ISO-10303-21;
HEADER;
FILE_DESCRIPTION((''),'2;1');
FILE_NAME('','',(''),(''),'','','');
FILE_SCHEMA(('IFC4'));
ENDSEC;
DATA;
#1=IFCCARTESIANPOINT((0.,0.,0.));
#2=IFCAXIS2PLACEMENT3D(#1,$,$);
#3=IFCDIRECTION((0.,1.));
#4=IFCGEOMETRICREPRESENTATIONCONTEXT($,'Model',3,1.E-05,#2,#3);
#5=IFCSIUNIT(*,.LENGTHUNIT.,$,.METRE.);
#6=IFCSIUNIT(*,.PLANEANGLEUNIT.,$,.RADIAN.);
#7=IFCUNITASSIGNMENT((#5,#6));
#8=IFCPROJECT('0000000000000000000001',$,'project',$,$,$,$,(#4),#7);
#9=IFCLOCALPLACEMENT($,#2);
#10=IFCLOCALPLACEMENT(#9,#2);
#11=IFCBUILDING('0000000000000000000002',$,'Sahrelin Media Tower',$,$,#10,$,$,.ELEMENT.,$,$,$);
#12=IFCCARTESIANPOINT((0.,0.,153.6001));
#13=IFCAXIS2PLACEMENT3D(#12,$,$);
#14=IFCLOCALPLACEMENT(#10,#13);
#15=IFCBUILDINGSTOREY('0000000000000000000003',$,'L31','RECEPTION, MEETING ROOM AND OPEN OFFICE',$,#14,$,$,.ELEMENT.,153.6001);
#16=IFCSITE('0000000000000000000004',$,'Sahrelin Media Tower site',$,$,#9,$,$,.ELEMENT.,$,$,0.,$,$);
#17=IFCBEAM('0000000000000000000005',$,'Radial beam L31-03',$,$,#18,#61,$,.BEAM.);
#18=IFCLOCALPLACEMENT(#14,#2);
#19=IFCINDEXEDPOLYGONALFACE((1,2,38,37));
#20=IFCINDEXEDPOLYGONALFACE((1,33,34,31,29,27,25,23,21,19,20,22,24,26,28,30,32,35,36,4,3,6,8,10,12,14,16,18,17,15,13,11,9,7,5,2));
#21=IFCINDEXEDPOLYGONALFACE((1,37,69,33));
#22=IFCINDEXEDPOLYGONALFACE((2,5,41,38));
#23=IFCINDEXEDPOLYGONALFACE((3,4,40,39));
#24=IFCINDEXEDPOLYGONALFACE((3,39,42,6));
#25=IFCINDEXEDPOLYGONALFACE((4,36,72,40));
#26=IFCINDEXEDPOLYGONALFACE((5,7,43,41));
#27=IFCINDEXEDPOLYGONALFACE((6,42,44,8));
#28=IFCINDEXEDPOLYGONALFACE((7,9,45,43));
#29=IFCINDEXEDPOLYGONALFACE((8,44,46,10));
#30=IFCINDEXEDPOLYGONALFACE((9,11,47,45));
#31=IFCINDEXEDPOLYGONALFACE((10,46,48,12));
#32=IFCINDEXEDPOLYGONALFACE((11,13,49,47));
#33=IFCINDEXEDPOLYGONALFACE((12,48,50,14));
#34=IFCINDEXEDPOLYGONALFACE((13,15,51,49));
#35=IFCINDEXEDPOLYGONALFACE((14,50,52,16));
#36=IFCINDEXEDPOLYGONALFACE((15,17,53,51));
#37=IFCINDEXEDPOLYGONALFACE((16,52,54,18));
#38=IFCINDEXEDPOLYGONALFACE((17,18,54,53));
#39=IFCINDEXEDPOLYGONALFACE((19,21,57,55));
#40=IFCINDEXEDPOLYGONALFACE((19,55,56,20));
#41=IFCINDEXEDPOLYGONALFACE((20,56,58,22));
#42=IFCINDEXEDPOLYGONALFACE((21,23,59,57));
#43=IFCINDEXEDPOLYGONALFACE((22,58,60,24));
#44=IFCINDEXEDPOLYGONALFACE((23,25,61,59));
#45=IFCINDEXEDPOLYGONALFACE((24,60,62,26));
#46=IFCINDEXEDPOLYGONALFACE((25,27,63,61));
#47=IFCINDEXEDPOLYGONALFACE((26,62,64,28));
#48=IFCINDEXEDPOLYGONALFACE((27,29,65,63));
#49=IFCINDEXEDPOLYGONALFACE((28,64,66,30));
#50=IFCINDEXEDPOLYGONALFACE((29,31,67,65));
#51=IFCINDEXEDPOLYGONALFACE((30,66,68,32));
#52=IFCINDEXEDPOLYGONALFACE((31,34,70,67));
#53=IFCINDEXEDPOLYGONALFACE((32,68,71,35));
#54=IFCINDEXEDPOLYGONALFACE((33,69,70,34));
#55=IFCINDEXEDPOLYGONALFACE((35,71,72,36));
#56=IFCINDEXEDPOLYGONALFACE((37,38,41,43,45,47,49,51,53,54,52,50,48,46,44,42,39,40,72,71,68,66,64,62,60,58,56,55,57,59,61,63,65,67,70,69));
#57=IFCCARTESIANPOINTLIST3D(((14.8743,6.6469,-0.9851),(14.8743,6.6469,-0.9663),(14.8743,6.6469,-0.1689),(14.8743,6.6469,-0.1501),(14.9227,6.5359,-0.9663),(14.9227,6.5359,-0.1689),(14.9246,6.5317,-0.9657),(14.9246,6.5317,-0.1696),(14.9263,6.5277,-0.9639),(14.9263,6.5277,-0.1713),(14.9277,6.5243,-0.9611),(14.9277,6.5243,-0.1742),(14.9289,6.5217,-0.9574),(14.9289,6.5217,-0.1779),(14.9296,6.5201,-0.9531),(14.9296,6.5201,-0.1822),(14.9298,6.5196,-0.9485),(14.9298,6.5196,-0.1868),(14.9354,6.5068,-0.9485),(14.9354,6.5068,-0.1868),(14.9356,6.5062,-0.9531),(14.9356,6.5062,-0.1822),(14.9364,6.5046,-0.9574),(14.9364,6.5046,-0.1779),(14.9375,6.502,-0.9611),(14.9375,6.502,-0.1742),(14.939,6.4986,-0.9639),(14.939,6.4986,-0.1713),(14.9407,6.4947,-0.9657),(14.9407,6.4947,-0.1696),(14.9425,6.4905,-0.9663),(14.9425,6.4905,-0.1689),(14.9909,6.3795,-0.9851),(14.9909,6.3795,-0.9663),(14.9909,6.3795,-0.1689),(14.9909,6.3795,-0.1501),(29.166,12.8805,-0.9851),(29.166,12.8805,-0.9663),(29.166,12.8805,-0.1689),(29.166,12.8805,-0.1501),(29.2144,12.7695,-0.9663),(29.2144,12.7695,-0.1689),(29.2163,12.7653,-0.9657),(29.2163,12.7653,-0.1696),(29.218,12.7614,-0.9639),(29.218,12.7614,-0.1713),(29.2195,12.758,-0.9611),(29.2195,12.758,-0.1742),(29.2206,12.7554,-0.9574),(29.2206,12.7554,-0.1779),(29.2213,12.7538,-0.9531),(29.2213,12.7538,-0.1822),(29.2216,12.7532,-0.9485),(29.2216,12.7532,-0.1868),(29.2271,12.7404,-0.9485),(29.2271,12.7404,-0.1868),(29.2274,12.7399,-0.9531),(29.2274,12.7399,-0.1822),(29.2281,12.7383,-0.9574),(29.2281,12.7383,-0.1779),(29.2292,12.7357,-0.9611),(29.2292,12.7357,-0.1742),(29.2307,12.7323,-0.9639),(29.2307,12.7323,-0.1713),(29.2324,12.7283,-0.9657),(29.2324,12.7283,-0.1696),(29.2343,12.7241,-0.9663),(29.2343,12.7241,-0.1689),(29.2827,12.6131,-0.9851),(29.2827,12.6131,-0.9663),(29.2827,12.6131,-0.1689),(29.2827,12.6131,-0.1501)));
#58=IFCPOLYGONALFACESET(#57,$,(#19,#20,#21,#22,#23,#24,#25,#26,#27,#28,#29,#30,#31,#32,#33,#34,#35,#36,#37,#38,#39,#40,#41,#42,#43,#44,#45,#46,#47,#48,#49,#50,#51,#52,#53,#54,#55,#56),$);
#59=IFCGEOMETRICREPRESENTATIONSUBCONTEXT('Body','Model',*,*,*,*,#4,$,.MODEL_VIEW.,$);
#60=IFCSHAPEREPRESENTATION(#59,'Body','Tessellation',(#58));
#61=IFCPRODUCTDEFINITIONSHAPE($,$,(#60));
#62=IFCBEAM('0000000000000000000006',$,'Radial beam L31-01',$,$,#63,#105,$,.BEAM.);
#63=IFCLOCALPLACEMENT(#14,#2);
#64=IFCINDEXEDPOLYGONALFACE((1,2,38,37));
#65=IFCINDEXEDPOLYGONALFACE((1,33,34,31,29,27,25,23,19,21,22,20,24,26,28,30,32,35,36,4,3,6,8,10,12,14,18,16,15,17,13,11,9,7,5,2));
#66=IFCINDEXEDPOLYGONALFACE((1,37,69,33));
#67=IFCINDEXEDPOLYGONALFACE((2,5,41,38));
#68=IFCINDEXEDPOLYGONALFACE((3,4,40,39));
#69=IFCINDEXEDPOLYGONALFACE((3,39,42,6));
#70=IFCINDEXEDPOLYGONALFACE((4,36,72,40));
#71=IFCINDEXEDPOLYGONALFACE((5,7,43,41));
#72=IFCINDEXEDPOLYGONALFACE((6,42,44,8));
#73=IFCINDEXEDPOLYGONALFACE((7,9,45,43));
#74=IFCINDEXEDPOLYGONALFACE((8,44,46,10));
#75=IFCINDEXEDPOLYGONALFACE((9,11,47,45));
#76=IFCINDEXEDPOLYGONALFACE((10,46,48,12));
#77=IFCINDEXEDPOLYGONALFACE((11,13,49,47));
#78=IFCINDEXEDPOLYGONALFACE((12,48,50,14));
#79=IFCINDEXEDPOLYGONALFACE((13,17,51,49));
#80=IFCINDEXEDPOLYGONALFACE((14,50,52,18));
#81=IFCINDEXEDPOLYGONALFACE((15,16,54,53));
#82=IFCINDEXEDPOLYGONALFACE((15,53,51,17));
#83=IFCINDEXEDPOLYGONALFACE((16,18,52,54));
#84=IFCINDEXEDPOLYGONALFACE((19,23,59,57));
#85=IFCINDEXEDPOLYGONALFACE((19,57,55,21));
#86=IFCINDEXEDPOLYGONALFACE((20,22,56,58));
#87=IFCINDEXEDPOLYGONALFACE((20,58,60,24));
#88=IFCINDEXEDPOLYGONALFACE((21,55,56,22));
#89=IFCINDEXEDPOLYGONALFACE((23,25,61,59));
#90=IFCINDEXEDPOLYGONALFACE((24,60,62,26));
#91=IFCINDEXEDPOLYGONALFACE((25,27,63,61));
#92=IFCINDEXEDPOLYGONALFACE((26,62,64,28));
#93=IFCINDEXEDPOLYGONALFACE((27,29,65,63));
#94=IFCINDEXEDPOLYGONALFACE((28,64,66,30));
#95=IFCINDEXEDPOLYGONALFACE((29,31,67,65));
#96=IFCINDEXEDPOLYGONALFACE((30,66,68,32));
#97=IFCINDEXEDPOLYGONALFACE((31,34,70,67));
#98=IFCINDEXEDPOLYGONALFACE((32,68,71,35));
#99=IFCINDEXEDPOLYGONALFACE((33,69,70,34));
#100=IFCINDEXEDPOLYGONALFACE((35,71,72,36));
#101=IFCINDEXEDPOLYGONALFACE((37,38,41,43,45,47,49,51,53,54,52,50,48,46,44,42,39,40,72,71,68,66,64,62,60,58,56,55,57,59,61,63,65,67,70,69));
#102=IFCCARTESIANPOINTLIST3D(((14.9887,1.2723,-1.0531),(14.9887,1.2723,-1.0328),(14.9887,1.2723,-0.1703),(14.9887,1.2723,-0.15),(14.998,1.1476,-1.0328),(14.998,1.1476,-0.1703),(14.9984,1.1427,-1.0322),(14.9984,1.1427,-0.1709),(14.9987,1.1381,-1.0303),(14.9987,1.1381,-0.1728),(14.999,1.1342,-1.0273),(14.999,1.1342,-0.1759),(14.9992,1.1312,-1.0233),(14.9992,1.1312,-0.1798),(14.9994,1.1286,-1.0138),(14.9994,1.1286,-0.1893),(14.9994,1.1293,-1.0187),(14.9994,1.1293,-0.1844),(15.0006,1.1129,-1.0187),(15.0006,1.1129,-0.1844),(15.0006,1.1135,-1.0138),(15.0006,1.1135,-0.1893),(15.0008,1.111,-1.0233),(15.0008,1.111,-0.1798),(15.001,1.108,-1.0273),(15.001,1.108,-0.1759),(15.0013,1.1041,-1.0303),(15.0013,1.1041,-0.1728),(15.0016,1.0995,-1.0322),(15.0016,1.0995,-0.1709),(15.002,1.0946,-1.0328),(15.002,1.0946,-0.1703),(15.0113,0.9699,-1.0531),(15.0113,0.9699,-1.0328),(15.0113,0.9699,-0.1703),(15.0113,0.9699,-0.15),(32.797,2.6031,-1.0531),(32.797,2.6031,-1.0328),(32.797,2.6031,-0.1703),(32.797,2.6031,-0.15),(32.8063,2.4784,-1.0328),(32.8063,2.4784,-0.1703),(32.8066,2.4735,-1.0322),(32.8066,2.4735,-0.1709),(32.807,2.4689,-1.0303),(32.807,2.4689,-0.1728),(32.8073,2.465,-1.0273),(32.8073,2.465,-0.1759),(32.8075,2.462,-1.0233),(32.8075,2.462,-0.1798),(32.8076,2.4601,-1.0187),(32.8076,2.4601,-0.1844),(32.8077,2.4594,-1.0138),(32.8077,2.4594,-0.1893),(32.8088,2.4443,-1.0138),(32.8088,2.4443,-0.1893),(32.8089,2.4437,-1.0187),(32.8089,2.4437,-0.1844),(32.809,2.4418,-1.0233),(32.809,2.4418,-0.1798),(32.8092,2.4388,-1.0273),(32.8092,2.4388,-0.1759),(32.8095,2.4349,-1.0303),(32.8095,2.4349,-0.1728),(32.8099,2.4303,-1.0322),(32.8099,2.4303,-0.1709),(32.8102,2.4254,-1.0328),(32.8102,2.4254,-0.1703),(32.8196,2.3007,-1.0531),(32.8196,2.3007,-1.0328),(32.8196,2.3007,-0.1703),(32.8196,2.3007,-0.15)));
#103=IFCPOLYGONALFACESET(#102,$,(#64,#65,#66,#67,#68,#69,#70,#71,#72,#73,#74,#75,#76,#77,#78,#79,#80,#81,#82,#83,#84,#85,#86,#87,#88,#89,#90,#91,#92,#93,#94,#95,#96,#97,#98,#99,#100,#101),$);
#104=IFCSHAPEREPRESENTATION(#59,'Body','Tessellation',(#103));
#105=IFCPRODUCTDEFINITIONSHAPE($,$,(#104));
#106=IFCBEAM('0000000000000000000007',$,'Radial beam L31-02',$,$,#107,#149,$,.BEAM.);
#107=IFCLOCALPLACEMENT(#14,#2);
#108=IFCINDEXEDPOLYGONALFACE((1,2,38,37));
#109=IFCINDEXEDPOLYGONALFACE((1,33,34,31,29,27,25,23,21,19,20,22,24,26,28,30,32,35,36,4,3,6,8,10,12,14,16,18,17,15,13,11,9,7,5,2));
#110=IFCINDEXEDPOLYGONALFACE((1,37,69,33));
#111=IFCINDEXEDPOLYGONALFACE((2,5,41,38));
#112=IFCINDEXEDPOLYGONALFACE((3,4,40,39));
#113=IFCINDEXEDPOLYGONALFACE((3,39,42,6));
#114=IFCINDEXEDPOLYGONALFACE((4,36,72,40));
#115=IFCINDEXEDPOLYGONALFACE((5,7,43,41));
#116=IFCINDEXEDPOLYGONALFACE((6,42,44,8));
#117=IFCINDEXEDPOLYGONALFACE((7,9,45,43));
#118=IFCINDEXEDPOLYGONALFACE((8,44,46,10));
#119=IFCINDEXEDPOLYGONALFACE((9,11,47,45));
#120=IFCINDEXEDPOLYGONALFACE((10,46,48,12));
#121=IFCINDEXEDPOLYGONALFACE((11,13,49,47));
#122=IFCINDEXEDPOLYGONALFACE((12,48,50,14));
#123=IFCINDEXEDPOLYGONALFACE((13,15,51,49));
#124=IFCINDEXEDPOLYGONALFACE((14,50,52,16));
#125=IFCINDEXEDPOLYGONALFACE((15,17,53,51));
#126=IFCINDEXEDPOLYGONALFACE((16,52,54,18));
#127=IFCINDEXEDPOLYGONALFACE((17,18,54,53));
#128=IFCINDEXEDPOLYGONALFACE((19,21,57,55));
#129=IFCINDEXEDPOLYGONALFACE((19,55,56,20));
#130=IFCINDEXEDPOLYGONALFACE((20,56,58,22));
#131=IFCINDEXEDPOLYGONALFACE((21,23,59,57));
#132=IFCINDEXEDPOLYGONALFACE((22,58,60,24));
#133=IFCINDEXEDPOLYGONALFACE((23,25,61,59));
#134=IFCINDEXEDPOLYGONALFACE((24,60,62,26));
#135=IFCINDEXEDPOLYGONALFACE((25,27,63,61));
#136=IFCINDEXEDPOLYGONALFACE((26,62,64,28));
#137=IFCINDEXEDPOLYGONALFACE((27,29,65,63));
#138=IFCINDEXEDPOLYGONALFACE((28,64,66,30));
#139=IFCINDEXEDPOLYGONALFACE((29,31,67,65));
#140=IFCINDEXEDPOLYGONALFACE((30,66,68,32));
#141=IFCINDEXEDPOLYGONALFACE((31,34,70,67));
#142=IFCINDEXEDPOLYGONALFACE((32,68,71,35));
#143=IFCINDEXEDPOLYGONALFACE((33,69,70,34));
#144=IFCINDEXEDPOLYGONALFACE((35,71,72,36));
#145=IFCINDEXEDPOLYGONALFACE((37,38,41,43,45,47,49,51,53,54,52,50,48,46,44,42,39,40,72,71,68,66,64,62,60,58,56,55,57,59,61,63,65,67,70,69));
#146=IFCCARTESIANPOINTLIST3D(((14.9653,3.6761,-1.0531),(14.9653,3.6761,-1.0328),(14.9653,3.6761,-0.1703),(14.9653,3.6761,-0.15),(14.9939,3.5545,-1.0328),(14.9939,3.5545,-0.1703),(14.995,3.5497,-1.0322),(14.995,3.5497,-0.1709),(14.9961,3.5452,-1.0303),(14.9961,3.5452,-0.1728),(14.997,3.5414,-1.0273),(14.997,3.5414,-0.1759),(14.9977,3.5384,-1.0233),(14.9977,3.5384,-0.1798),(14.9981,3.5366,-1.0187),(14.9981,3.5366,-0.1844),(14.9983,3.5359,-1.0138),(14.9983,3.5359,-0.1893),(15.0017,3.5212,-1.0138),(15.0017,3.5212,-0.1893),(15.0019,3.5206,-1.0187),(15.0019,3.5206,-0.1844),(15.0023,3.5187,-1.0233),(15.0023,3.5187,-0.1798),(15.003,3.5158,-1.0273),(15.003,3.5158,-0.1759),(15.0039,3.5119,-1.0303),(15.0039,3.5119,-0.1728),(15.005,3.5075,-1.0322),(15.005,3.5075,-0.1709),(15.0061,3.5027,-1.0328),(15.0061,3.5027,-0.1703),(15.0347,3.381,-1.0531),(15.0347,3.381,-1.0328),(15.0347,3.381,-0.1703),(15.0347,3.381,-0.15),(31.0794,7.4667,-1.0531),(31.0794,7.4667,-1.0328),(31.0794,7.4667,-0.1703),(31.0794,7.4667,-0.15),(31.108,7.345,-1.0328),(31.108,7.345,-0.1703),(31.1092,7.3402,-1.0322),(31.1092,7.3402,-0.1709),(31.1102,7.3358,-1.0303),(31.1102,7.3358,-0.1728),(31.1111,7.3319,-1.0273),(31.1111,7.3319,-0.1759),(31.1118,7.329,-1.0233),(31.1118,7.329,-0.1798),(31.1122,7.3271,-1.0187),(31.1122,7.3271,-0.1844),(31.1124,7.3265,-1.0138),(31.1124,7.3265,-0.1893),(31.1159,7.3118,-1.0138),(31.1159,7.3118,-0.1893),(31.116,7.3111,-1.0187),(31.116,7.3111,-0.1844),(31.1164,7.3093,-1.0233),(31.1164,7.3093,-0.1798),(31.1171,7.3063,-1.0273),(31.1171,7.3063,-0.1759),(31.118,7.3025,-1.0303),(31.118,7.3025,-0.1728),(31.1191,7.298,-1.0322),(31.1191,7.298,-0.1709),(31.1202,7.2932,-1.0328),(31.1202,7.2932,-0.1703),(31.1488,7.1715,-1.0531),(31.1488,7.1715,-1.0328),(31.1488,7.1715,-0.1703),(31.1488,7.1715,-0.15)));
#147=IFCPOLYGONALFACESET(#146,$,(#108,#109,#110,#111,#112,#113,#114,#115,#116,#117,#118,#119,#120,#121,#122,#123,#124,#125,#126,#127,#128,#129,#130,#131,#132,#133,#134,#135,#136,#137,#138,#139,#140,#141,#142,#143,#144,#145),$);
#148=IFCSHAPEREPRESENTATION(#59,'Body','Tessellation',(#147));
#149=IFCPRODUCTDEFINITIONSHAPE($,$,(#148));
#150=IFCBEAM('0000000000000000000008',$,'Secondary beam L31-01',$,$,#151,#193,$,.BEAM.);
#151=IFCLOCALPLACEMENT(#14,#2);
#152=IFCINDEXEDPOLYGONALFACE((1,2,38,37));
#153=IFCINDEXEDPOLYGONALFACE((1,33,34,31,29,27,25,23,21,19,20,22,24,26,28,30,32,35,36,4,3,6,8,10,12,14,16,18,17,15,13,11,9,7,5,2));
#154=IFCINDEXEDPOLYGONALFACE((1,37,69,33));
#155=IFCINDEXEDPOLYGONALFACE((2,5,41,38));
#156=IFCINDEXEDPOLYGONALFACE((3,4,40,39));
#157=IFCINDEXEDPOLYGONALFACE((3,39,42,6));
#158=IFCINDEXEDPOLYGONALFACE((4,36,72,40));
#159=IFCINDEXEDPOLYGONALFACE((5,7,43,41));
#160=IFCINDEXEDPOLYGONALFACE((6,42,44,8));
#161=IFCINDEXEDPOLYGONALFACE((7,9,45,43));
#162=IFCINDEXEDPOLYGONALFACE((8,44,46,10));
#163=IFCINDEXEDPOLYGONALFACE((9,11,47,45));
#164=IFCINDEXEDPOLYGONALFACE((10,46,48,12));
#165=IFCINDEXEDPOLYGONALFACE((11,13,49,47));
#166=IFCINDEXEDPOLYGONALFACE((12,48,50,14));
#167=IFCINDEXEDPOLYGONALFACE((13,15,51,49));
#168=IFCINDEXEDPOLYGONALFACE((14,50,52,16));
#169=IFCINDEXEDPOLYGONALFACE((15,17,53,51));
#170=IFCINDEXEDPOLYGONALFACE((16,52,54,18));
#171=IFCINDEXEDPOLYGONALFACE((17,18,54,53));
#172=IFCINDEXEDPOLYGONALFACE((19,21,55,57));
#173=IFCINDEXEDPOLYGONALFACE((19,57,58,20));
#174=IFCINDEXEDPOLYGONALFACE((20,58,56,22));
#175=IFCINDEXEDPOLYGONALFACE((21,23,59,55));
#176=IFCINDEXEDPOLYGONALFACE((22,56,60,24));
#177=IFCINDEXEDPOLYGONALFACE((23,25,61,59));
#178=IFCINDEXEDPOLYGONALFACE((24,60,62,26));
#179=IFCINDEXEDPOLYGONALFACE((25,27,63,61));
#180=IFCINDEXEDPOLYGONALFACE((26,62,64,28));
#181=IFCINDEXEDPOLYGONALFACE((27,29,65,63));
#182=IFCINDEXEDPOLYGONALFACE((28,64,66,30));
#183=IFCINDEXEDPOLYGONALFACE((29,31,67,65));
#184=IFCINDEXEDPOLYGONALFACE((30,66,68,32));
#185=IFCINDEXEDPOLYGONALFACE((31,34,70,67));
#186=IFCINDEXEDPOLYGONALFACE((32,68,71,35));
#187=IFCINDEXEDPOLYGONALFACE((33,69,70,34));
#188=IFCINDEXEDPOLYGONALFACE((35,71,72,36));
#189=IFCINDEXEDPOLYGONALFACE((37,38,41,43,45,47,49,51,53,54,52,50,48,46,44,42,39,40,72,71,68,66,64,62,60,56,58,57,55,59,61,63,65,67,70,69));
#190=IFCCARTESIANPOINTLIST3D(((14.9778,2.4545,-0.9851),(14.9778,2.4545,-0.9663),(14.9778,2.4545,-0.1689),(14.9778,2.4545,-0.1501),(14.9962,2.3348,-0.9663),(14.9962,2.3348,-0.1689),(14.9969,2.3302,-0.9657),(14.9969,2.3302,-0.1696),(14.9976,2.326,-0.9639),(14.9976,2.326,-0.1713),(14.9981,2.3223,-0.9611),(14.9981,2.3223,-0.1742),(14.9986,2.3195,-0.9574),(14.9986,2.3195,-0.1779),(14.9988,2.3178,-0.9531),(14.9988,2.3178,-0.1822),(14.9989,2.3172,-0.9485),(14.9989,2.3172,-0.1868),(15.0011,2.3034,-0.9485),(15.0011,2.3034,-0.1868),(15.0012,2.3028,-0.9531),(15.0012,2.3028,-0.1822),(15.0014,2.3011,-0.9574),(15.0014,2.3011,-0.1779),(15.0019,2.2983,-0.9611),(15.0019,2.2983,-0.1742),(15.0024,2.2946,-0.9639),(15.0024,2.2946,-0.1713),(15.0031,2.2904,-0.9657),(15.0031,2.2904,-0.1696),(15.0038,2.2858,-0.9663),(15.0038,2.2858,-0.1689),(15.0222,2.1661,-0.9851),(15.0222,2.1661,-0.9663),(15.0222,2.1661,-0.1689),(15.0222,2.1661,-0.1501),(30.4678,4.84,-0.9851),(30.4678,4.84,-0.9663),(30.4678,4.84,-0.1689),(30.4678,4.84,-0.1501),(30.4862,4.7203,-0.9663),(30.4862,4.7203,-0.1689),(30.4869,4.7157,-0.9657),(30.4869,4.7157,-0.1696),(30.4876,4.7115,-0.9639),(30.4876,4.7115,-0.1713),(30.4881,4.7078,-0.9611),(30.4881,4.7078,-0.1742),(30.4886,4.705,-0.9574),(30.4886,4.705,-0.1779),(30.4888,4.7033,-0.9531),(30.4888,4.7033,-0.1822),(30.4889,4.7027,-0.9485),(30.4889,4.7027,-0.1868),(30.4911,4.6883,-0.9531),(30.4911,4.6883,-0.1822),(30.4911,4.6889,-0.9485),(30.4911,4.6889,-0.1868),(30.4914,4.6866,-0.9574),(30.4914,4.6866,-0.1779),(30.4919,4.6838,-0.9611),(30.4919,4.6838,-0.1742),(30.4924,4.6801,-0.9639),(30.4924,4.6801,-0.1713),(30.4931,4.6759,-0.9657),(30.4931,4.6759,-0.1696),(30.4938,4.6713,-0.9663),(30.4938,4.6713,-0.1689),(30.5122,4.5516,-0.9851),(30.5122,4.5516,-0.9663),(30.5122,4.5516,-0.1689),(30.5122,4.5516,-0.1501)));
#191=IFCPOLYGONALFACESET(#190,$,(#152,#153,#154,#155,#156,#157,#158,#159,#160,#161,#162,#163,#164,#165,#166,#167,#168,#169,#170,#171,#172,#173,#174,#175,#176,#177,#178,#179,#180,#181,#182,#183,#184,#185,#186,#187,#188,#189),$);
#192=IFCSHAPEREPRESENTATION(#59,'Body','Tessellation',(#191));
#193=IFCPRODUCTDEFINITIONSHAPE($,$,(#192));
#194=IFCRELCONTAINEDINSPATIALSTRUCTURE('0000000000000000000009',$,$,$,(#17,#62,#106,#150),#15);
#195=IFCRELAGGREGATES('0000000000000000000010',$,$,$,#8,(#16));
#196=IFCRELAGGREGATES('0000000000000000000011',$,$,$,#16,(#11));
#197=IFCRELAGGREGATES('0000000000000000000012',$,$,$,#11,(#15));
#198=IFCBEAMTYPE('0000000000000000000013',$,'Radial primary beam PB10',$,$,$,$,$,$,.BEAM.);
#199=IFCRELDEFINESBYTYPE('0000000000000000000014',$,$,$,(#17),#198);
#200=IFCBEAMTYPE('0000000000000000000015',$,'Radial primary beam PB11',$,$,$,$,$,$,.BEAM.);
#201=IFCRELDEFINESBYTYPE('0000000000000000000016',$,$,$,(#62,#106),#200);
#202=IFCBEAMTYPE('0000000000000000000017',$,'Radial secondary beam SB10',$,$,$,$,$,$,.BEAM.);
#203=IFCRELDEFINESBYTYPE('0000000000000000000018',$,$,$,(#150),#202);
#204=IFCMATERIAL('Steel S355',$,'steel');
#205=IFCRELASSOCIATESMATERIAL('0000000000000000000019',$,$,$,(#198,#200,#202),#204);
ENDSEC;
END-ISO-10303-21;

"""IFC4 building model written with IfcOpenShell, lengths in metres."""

from ifc_helpers import new_model, si_unit, direction, frame, origin, origin_2d, place, context, subcontext, project, spatial, i_section, extrude, material, material_profile, profile_set, type_object, element, save


model = new_model("IFC4")

# Units and contexts
model_context = context("Model", 3, precision=1e-05, world=origin(), true_north=direction((0.0, 1.0)))
body_context = subcontext(model_context, "Body", "Model", "MODEL_VIEW")
ifc_project = project(units=[si_unit("LENGTHUNIT", "METRE"), si_unit("PLANEANGLEUNIT", "RADIAN")], contexts=[model_context])

# Site, building, storey
site_placement = place(None, origin())
site = spatial("IfcSite", under=ifc_project, at=site_placement, Name="Sahrelin Media Tower site", CompositionType="ELEMENT", RefElevation=0.0)
building_placement = place(site_placement, origin())
building = spatial("IfcBuilding", under=site, at=building_placement, Name="Sahrelin Media Tower", CompositionType="ELEMENT")
storey_placement = place(building_placement, frame((0.0, 0.0, 153.6001)))
storey = spatial("IfcBuildingStorey", under=building, at=storey_placement, Name="L31", Description="RECEPTION, MEETING ROOM AND OPEN OFFICE", CompositionType="ELEMENT", Elevation=153.6001)

# Beams
ifc_material_1 = material(Name="Steel S355", Category="steel")
ifc_material_profile_1 = material_profile(ifc_material_1, i_section(OverallWidth=0.2917, OverallDepth=0.835, WebThickness=0.0139, FlangeThickness=0.0188, FilletRadius=0.0178, at=origin_2d()), Name="UB 838x292x176")
ifc_profile_set_1 = profile_set([ifc_material_profile_1], Name="Steel S355")
beam_type_1 = type_object("IfcBeamType", Name="Radial primary beam PB10", PredefinedType="BEAM", material=ifc_profile_set_1)
beam_1_placement = place(storey_placement, frame((14.9326, 6.5132, -0.5676), z_axis=(0.916604, 0.399796, 0.0), x_axis=(-0.399796, 0.916604, 0.0)))
element("IfcBeam", 1, at=beam_1_placement, inside=storey, type_object=beam_type_1, Name="Radial beam L31-03", PredefinedType="BEAM", context=body_context, shape_type="SweptSolid", body=[
    extrude(i_section(OverallWidth=0.2917, OverallDepth=0.835, WebThickness=0.0139, FlangeThickness=0.0188, FilletRadius=0.0178, at=origin_2d()), origin(), (0.0, 0.0, 1.0), 15.592),
])
ifc_material_profile_2 = material_profile(ifc_material_1, i_section(OverallWidth=0.3032, OverallDepth=0.9031, WebThickness=0.0151, FlangeThickness=0.0203, FilletRadius=0.019, at=origin_2d()), Name="UB 914x305x201")
ifc_profile_set_2 = profile_set([ifc_material_profile_2], Name="Steel S355")
beam_type_2 = type_object("IfcBeamType", Name="Radial primary beam PB11", PredefinedType="BEAM", material=ifc_profile_set_2)
beam_2_placement = place(storey_placement, frame((15.0, 1.1211, -0.6016), z_axis=(0.997219, 0.074522, 0.0), x_axis=(-0.074522, 0.997219, 0.0)))
element("IfcBeam", 2, at=beam_2_placement, inside=storey, type_object=beam_type_2, Name="Radial beam L31-01", PredefinedType="BEAM", context=body_context, shape_type="SweptSolid", body=[
    extrude(i_section(OverallWidth=0.3032, OverallDepth=0.9031, WebThickness=0.0151, FlangeThickness=0.0203, FilletRadius=0.019, at=origin_2d()), origin(), (0.0, 0.0, 1.0), 17.8579),
])
beam_3_placement = place(storey_placement, frame((15.0, 3.5286, -0.6016), z_axis=(0.973431, 0.228982, 0.0), x_axis=(-0.228982, 0.973431, 0.0)))
element("IfcBeam", 3, at=beam_3_placement, inside=storey, type_object=beam_type_2, Name="Radial beam L31-02", PredefinedType="BEAM", context=body_context, shape_type="SweptSolid", body=[
    extrude(i_section(OverallWidth=0.3032, OverallDepth=0.9031, WebThickness=0.0151, FlangeThickness=0.0203, FilletRadius=0.019, at=origin_2d()), origin(), (0.0, 0.0, 1.0), 16.554),
])
ifc_material_profile_3 = material_profile(ifc_material_1, i_section(OverallWidth=0.2917, OverallDepth=0.835, WebThickness=0.0139, FlangeThickness=0.0188, FilletRadius=0.0178, at=origin_2d()), Name="UB 838x292x176")
ifc_profile_set_3 = profile_set([ifc_material_profile_3], Name="Steel S355")
beam_type_3 = type_object("IfcBeamType", Name="Radial secondary beam SB10", PredefinedType="BEAM", material=ifc_profile_set_3)
beam_4_placement = place(storey_placement, frame((15.0, 2.3103, -0.5676), z_axis=(0.988348, 0.152208, 0.0), x_axis=(-0.152208, 0.988348, 0.0)))
element("IfcBeam", 4, at=beam_4_placement, inside=storey, type_object=beam_type_3, Name="Secondary beam L31-01", PredefinedType="BEAM", context=body_context, shape_type="SweptSolid", body=[
    extrude(i_section(OverallWidth=0.2917, OverallDepth=0.835, WebThickness=0.0139, FlangeThickness=0.0188, FilletRadius=0.0178, at=origin_2d()), origin(), (0.0, 0.0, 1.0), 15.6726),
])

save(model, "model.ifc")
